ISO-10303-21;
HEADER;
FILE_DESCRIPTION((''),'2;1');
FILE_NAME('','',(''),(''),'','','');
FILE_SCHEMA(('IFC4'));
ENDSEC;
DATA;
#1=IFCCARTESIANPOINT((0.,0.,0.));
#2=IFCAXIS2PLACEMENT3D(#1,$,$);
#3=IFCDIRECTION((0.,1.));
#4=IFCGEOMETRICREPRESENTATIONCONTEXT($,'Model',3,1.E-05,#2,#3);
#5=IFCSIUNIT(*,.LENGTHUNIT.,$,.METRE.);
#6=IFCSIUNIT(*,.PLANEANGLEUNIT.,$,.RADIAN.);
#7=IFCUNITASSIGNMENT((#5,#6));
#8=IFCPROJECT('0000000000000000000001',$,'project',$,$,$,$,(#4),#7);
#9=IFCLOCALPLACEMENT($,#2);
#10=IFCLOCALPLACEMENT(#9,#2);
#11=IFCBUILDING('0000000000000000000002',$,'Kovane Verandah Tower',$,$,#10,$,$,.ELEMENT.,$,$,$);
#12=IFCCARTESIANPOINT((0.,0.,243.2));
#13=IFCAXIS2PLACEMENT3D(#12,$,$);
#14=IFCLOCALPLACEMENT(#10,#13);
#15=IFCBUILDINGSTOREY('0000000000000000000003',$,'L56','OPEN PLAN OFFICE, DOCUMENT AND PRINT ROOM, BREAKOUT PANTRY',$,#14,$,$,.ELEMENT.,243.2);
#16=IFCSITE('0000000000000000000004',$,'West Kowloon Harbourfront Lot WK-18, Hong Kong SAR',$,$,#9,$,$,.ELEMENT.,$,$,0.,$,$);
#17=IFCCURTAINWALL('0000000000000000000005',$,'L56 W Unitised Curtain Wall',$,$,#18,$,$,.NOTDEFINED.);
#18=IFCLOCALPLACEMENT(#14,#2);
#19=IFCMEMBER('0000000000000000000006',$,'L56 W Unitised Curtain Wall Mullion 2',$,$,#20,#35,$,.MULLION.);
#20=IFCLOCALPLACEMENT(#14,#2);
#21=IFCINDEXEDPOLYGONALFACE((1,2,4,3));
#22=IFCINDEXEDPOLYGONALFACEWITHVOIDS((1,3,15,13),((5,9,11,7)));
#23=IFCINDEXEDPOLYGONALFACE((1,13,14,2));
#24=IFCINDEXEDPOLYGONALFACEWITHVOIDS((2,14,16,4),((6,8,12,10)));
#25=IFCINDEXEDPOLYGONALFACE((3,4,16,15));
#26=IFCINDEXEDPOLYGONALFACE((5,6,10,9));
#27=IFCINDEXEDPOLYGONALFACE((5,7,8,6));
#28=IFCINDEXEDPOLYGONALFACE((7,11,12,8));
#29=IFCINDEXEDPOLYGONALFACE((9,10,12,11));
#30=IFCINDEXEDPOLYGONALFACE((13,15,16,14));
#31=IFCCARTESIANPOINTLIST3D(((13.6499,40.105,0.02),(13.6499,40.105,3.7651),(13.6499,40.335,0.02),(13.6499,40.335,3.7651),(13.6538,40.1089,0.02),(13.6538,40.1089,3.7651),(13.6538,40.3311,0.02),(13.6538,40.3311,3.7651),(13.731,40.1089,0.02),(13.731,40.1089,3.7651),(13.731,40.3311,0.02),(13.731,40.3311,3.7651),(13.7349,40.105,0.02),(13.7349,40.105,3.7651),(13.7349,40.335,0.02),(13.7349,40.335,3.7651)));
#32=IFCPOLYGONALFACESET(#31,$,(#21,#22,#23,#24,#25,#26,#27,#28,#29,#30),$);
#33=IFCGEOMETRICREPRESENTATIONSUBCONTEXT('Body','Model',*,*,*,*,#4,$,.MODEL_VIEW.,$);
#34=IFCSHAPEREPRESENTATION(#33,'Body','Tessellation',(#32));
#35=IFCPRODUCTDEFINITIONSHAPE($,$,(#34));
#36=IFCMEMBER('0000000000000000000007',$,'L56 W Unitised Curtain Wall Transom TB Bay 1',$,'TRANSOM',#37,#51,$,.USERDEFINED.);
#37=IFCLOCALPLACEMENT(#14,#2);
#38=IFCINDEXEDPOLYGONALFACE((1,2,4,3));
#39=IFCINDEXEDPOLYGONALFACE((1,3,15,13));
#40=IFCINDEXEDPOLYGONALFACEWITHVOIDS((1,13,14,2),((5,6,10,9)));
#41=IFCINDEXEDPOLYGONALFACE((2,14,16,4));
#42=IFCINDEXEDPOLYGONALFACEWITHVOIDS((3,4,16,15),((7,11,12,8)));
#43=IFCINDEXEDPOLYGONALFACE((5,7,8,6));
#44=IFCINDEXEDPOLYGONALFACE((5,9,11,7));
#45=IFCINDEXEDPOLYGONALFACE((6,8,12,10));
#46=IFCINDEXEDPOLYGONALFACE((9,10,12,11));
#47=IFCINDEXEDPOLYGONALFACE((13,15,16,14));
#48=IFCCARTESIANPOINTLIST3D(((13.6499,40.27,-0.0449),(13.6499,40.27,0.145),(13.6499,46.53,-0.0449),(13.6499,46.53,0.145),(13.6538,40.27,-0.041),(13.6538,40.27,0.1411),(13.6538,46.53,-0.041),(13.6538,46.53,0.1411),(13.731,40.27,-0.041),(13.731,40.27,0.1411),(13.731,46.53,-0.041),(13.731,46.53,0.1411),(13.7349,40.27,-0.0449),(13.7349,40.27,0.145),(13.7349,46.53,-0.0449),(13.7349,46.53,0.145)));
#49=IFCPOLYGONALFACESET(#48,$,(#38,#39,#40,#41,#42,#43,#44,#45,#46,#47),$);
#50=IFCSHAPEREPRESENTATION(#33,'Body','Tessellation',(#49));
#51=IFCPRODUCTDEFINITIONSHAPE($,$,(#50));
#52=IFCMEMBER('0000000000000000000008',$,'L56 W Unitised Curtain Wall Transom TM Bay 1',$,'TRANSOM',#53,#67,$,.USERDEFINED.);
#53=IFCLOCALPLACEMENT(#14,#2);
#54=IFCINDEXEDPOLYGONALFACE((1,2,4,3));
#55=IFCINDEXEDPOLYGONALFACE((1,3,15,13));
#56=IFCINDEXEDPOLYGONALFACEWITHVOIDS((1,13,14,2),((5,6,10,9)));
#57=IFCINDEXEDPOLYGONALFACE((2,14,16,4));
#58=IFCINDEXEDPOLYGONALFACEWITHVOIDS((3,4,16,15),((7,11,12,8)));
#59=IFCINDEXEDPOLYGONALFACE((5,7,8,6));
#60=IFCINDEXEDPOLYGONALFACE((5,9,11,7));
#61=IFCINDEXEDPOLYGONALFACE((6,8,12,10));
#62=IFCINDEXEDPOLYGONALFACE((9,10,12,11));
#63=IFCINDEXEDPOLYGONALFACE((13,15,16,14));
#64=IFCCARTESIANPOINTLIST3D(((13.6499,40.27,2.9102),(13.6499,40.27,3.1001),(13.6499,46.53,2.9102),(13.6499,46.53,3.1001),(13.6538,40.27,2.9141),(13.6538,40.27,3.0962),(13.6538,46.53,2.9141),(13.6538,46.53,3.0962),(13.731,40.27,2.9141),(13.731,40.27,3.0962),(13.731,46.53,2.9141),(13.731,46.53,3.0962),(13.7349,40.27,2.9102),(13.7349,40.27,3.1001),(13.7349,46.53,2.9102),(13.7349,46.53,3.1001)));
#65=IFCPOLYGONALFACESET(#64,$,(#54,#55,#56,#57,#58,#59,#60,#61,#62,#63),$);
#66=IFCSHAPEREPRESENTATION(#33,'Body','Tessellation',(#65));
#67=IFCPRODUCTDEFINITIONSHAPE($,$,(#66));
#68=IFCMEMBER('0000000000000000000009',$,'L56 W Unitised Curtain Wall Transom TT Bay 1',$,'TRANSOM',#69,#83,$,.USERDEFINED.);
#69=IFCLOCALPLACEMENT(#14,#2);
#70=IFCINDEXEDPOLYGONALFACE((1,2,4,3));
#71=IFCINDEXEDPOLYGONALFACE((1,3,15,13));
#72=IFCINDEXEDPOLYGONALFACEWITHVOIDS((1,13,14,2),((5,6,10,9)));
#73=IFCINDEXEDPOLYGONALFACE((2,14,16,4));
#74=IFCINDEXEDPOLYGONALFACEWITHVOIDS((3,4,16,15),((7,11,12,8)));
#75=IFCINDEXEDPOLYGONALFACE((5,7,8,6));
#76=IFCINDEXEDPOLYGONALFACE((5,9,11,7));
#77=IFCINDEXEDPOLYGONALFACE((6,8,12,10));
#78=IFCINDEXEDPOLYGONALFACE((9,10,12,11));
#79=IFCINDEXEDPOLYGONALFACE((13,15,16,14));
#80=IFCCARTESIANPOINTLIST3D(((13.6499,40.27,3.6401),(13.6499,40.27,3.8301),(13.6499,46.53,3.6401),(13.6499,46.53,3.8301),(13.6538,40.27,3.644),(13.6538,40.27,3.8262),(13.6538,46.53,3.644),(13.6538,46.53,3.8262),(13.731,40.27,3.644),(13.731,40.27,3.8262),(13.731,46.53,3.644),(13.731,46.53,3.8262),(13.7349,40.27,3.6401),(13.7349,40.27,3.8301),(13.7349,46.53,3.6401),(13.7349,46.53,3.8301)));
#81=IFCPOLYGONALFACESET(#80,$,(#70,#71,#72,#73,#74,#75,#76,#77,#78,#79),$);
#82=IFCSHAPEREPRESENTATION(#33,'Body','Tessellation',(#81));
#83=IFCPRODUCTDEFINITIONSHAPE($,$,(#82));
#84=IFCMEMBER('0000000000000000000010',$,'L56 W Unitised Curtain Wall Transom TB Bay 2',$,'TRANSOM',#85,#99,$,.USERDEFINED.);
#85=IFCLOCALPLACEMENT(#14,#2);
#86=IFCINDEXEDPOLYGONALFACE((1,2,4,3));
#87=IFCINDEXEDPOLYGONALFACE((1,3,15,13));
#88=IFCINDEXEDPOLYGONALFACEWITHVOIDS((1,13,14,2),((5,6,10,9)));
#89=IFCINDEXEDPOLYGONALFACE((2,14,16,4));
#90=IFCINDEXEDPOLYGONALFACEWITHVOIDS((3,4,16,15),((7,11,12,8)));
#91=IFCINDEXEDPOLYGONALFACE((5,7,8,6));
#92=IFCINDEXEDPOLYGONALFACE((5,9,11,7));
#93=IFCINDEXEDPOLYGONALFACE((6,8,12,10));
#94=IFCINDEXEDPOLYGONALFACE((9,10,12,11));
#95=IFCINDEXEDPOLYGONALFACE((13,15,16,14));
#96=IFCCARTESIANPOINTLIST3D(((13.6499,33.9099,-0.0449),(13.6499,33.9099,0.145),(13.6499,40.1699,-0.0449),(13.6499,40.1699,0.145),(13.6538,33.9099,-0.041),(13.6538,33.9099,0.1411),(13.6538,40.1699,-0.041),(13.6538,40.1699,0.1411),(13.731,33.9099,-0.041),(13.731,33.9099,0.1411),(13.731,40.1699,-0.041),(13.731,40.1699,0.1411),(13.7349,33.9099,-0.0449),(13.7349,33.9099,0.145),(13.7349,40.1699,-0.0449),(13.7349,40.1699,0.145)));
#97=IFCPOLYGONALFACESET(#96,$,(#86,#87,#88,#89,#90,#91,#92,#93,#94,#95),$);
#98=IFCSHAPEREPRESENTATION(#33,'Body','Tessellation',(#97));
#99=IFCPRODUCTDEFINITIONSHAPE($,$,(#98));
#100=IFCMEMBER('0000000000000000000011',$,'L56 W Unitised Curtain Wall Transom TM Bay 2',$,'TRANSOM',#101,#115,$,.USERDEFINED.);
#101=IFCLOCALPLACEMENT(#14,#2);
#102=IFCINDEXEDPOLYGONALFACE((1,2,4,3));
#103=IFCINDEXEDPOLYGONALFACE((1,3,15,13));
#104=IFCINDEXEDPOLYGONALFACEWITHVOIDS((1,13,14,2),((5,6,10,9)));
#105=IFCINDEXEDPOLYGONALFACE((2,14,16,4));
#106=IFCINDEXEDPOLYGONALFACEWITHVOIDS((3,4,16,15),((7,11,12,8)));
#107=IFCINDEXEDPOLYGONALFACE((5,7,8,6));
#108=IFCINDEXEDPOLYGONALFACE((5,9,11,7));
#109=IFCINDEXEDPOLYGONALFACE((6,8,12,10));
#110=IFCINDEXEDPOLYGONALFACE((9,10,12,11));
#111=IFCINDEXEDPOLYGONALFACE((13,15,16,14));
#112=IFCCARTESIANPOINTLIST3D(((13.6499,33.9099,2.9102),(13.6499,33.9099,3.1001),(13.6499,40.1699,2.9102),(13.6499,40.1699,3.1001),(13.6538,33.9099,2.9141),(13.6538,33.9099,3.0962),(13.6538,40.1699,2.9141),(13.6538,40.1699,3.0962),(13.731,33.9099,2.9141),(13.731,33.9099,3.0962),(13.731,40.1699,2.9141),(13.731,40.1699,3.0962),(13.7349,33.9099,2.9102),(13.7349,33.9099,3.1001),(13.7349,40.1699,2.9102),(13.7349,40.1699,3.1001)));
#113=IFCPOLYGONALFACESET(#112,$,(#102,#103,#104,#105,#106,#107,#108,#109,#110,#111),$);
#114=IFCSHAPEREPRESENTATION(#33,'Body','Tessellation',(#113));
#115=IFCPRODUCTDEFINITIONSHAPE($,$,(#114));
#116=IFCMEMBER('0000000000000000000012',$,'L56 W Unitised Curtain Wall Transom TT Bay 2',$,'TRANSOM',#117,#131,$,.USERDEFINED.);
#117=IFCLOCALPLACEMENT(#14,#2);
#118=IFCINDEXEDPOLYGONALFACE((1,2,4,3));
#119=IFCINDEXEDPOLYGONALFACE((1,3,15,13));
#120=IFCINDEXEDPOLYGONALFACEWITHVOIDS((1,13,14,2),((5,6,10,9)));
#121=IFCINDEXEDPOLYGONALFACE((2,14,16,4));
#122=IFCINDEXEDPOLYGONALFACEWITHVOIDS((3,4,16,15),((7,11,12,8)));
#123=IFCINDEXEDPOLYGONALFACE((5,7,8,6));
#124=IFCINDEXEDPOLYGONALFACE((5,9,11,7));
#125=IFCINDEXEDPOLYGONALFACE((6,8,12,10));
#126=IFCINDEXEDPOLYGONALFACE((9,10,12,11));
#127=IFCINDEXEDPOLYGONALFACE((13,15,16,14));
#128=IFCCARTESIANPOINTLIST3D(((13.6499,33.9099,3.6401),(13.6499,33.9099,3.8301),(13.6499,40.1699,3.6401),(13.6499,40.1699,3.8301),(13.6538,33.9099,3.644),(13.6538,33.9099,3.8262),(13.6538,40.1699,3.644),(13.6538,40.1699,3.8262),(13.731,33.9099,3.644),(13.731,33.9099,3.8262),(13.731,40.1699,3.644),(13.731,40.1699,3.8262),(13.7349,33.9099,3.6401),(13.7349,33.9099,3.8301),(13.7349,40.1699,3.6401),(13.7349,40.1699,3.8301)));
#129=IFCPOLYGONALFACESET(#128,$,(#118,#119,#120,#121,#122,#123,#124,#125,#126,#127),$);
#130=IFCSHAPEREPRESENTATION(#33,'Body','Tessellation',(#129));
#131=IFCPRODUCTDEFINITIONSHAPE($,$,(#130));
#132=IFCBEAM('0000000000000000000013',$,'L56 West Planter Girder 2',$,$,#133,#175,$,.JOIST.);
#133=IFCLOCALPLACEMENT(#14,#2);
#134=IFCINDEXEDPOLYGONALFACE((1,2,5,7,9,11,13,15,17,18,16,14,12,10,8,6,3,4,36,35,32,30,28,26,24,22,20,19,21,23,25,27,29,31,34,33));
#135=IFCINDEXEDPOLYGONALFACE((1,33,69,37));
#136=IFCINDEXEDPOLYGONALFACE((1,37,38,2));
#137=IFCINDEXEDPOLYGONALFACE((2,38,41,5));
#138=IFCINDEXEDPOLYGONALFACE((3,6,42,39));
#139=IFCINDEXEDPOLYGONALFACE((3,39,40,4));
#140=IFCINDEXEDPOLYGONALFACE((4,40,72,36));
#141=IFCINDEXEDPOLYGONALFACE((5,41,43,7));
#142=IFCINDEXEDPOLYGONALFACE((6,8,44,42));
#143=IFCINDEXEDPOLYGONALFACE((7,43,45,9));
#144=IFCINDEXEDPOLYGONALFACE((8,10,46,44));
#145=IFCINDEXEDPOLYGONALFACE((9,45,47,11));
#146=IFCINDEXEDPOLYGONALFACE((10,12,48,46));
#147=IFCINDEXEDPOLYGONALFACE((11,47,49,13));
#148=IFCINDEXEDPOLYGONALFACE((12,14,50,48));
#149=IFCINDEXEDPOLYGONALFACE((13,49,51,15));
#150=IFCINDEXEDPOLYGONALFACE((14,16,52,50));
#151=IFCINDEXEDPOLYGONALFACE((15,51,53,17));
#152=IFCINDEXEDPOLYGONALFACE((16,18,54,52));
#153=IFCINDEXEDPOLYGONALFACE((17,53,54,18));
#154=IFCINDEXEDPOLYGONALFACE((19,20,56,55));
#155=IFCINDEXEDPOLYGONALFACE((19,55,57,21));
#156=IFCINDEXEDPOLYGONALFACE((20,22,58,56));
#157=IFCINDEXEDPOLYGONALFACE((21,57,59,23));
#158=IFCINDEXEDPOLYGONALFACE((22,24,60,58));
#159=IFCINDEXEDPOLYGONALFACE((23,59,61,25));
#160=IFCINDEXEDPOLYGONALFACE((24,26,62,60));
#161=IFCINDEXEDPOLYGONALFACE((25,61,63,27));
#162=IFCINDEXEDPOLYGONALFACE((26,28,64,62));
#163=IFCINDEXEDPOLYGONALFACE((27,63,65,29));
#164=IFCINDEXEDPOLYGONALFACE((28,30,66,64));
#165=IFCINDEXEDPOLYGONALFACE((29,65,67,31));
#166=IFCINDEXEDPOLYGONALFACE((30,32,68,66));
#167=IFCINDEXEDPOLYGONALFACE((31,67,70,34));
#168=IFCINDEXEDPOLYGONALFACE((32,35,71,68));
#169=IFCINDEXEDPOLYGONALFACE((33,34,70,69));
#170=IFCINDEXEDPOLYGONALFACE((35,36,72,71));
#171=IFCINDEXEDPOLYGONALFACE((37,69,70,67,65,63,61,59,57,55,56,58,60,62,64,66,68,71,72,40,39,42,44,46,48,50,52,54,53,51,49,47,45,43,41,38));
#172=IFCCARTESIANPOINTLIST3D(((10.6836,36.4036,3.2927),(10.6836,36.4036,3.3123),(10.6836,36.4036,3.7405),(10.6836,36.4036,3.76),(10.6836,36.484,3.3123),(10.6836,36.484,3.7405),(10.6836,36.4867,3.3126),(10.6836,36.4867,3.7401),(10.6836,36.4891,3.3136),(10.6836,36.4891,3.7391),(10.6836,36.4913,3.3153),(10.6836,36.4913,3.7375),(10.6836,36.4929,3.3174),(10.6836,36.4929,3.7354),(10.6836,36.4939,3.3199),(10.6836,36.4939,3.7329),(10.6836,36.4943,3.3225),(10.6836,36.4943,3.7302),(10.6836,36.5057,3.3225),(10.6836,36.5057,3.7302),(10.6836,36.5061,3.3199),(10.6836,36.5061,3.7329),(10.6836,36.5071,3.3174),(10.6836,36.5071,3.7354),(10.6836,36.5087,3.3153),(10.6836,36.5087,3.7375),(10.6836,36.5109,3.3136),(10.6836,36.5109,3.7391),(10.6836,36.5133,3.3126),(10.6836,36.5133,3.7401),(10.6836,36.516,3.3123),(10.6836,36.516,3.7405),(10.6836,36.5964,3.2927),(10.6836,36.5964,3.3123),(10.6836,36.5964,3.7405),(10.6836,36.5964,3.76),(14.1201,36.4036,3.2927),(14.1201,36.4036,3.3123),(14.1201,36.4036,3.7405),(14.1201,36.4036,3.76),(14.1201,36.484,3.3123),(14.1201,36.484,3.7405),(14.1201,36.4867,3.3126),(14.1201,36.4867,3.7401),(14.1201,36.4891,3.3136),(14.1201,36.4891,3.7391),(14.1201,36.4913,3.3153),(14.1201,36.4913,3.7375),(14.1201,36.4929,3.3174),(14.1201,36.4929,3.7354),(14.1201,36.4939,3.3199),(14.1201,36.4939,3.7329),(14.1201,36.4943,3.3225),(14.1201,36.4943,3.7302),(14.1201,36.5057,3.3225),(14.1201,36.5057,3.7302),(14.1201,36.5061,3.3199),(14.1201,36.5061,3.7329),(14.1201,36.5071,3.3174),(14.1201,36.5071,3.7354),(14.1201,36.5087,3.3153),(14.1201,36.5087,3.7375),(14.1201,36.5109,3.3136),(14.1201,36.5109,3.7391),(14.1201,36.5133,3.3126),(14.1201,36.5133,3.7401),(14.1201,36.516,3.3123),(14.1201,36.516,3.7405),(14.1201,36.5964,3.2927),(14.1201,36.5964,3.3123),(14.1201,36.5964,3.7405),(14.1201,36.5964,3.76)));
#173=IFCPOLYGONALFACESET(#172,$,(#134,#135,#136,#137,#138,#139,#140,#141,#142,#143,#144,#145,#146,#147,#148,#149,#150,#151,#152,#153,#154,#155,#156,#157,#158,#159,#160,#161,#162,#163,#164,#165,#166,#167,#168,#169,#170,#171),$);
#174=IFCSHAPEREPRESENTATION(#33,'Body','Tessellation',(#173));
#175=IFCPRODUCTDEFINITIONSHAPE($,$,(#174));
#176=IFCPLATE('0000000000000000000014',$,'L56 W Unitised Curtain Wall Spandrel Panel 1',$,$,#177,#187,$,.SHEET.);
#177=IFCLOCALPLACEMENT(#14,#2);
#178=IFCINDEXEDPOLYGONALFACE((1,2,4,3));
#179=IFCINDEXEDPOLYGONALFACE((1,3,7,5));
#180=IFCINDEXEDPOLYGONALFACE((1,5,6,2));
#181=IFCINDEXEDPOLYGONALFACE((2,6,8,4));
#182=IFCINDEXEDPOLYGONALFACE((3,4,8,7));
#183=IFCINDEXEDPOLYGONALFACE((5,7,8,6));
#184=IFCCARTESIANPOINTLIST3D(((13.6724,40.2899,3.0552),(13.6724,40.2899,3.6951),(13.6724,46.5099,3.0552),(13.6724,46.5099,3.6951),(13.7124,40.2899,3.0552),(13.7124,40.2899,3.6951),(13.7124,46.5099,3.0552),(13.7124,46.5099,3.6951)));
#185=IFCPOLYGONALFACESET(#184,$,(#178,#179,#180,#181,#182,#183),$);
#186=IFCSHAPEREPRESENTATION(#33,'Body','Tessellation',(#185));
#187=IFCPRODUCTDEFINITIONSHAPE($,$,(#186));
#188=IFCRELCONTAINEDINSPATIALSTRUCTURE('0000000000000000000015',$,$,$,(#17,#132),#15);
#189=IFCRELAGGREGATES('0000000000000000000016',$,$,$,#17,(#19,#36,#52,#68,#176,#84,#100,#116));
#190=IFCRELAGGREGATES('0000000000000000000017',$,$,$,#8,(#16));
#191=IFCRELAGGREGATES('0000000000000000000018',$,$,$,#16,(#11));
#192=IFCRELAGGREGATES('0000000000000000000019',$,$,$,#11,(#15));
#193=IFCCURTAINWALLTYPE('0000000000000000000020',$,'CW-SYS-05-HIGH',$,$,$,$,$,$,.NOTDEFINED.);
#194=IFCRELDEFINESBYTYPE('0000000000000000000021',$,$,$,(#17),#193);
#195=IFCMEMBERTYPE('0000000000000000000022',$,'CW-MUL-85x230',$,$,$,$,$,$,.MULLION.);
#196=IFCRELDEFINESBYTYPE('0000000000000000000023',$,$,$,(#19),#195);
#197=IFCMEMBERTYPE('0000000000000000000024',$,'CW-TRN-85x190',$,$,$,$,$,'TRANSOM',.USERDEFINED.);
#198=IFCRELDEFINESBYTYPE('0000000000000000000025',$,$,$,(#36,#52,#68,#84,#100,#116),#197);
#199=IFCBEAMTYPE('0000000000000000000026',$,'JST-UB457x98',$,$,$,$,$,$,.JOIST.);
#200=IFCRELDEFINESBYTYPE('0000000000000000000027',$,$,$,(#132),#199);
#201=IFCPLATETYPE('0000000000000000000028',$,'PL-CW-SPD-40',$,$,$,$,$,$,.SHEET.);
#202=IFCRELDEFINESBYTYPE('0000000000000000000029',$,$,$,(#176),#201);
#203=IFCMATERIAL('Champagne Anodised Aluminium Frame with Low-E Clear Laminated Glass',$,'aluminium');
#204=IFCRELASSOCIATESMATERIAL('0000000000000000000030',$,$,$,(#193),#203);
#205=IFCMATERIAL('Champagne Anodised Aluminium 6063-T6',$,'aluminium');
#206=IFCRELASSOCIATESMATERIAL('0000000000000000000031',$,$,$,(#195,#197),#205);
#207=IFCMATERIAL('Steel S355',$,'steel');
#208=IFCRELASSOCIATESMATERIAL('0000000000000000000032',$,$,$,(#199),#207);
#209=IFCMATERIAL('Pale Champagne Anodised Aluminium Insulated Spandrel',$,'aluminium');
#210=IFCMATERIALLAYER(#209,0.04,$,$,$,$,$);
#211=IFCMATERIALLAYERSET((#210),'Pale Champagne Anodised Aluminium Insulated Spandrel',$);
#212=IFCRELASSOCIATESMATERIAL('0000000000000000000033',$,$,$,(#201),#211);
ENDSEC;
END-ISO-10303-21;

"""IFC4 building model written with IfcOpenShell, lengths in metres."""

from ifc_helpers import new_model, si_unit, direction, frame, origin, origin_2d, place, context, subcontext, project, spatial, rectangle, hollow_rectangle, i_section, extrude, material, layer, layer_set, material_profile, profile_set, type_object, element, aggregate, save


model = new_model("IFC4")

# Units and contexts
model_context = context("Model", 3, precision=1e-05, world=origin(), true_north=direction((0.0, 1.0)))
body_context = subcontext(model_context, "Body", "Model", "MODEL_VIEW")
ifc_project = project(units=[si_unit("LENGTHUNIT", "METRE"), si_unit("PLANEANGLEUNIT", "RADIAN")], contexts=[model_context])

# Site, building, storey
site_placement = place(None, origin())
site = spatial("IfcSite", under=ifc_project, at=site_placement, Name="West Kowloon Harbourfront Lot WK-18, Hong Kong SAR", CompositionType="ELEMENT", RefElevation=0.0)
building_placement = place(site_placement, origin())
building = spatial("IfcBuilding", under=site, at=building_placement, Name="Kovane Verandah Tower", CompositionType="ELEMENT")
storey_placement = place(building_placement, frame((0.0, 0.0, 243.2)))
storey = spatial("IfcBuildingStorey", under=building, at=storey_placement, Name="L56", Description="OPEN PLAN OFFICE, DOCUMENT AND PRINT ROOM, BREAKOUT PANTRY", CompositionType="ELEMENT", Elevation=243.2)

# Shared definitions
ifc_material_1 = material(Name="Steel S355", Category="steel")

# Curtain wall, members
ifc_material_2 = material(Name="Champagne Anodised Aluminium Frame with Low-E Clear Laminated Glass", Category="aluminium")
curtain_wall_type = type_object("IfcCurtainWallType", Name="CW-SYS-05-HIGH", PredefinedType="NOTDEFINED", material=ifc_material_2)
curtain_wall_placement = place(storey_placement, origin())
curtain_wall = element("IfcCurtainWall", 1, at=curtain_wall_placement, inside=storey, type_object=curtain_wall_type, Name="L56 W Unitised Curtain Wall", PredefinedType="NOTDEFINED")
ifc_material_3 = material(Name="Champagne Anodised Aluminium 6063-T6", Category="aluminium")
ifc_material_profile_1 = material_profile(ifc_material_3, hollow_rectangle(XDim=0.085, YDim=0.23, WallThickness=0.0039, at=origin_2d()), Name="AL85x230x4")
ifc_profile_set_1 = profile_set([ifc_material_profile_1], Name="Champagne Anodised Aluminium 6063-T6")
member_type_1 = type_object("IfcMemberType", Name="CW-MUL-85x230", PredefinedType="MULLION", material=ifc_profile_set_1)
member_1_placement = place(storey_placement, frame((13.6924, 40.22, 0.02), z_axis=(0.0, 0.0, 1.0), x_axis=(-1.0, 0.0, 0.0)))
member_1 = element("IfcMember", 2, at=member_1_placement, type_object=member_type_1, Name="L56 W Unitised Curtain Wall Mullion 2", PredefinedType="MULLION", context=body_context, shape_type="SweptSolid", body=[
    extrude(hollow_rectangle(XDim=0.085, YDim=0.23, WallThickness=0.0039, at=origin_2d()), origin(), (0.0, 0.0, 1.0), 3.7451),
])
ifc_material_profile_2 = material_profile(ifc_material_3, hollow_rectangle(XDim=0.085, YDim=0.1899, WallThickness=0.0039, at=origin_2d()), Name="AL85x190x4")
ifc_profile_set_2 = profile_set([ifc_material_profile_2], Name="Champagne Anodised Aluminium 6063-T6")
member_type_2 = type_object("IfcMemberType", Name="CW-TRN-85x190", ElementType="TRANSOM", PredefinedType="USERDEFINED", material=ifc_profile_set_2)
member_2_placement = place(storey_placement, frame((13.6924, 46.53, 0.05), z_axis=(0.0, -1.0, 0.0), x_axis=(1.0, 0.0, 0.0)))
member_2 = element("IfcMember", 3, at=member_2_placement, type_object=member_type_2, Name="L56 W Unitised Curtain Wall Transom TB Bay 1", ObjectType="TRANSOM", PredefinedType="USERDEFINED", context=body_context, shape_type="SweptSolid", body=[
    extrude(hollow_rectangle(XDim=0.085, YDim=0.1899, WallThickness=0.0039, at=origin_2d()), origin(), (0.0, 0.0, 1.0), 6.26),
])
member_3_placement = place(storey_placement, frame((13.6924, 46.53, 3.0051), z_axis=(0.0, -1.0, 0.0), x_axis=(1.0, 0.0, 0.0)))
member_3 = element("IfcMember", 4, at=member_3_placement, type_object=member_type_2, Name="L56 W Unitised Curtain Wall Transom TM Bay 1", ObjectType="TRANSOM", PredefinedType="USERDEFINED", context=body_context, shape_type="SweptSolid", body=[
    extrude(hollow_rectangle(XDim=0.085, YDim=0.1899, WallThickness=0.0039, at=origin_2d()), origin(), (0.0, 0.0, 1.0), 6.26),
])
member_4_placement = place(storey_placement, frame((13.6924, 46.53, 3.7351), z_axis=(0.0, -1.0, 0.0), x_axis=(1.0, 0.0, 0.0)))
member_4 = element("IfcMember", 5, at=member_4_placement, type_object=member_type_2, Name="L56 W Unitised Curtain Wall Transom TT Bay 1", ObjectType="TRANSOM", PredefinedType="USERDEFINED", context=body_context, shape_type="SweptSolid", body=[
    extrude(hollow_rectangle(XDim=0.085, YDim=0.1899, WallThickness=0.0039, at=origin_2d()), origin(), (0.0, 0.0, 1.0), 6.26),
])
member_5_placement = place(storey_placement, frame((13.6924, 40.1699, 0.05), z_axis=(0.0, -1.0, 0.0), x_axis=(1.0, 0.0, 0.0)))
member_5 = element("IfcMember", 6, at=member_5_placement, type_object=member_type_2, Name="L56 W Unitised Curtain Wall Transom TB Bay 2", ObjectType="TRANSOM", PredefinedType="USERDEFINED", context=body_context, shape_type="SweptSolid", body=[
    extrude(hollow_rectangle(XDim=0.085, YDim=0.1899, WallThickness=0.0039, at=origin_2d()), origin(), (0.0, 0.0, 1.0), 6.26),
])
member_6_placement = place(storey_placement, frame((13.6924, 40.1699, 3.0051), z_axis=(0.0, -1.0, 0.0), x_axis=(1.0, 0.0, 0.0)))
member_6 = element("IfcMember", 7, at=member_6_placement, type_object=member_type_2, Name="L56 W Unitised Curtain Wall Transom TM Bay 2", ObjectType="TRANSOM", PredefinedType="USERDEFINED", context=body_context, shape_type="SweptSolid", body=[
    extrude(hollow_rectangle(XDim=0.085, YDim=0.1899, WallThickness=0.0039, at=origin_2d()), origin(), (0.0, 0.0, 1.0), 6.26),
])
member_7_placement = place(storey_placement, frame((13.6924, 40.1699, 3.7351), z_axis=(0.0, -1.0, 0.0), x_axis=(1.0, 0.0, 0.0)))
member_7 = element("IfcMember", 8, at=member_7_placement, type_object=member_type_2, Name="L56 W Unitised Curtain Wall Transom TT Bay 2", ObjectType="TRANSOM", PredefinedType="USERDEFINED", context=body_context, shape_type="SweptSolid", body=[
    extrude(hollow_rectangle(XDim=0.085, YDim=0.1899, WallThickness=0.0039, at=origin_2d()), origin(), (0.0, 0.0, 1.0), 6.26),
])

# Beam
ifc_material_profile_3 = material_profile(ifc_material_1, i_section(OverallWidth=0.1929, OverallDepth=0.4673, WebThickness=0.0115, FlangeThickness=0.0195, FilletRadius=0.0103, at=origin_2d()), Name="UB457x191x98")
ifc_profile_set_3 = profile_set([ifc_material_profile_3], Name="Steel S355")
beam_type_1 = type_object("IfcBeamType", Name="JST-UB457x98", PredefinedType="JOIST", material=ifc_profile_set_3)
beam_1_placement = place(storey_placement, frame((14.1201, 36.5, 3.5264), z_axis=(-1.0, 0.0, 0.0), x_axis=(0.0, -1.0, 0.0)))
element("IfcBeam", 9, at=beam_1_placement, inside=storey, type_object=beam_type_1, Name="L56 West Planter Girder 2", PredefinedType="JOIST", context=body_context, shape_type="SweptSolid", body=[
    extrude(i_section(OverallWidth=0.1929, OverallDepth=0.4673, WebThickness=0.0115, FlangeThickness=0.0195, FilletRadius=0.0103, at=origin_2d()), origin(), (0.0, 0.0, 1.0), 3.4365),
])

# Plate
ifc_material_4 = material(Name="Pale Champagne Anodised Aluminium Insulated Spandrel", Category="aluminium")
ifc_layer_1 = layer(ifc_material_4, 0.04)
ifc_layer_set_1 = layer_set([ifc_layer_1], Name="Pale Champagne Anodised Aluminium Insulated Spandrel")
plate_type_1 = type_object("IfcPlateType", Name="PL-CW-SPD-40", PredefinedType="SHEET", material=ifc_layer_set_1)
plate_1_placement = place(storey_placement, frame((13.6924, 43.3999, 3.0552), z_axis=(0.0, 0.0, 1.0), x_axis=(0.0, -1.0, 0.0)))
plate_1 = element("IfcPlate", 10, at=plate_1_placement, type_object=plate_type_1, Name="L56 W Unitised Curtain Wall Spandrel Panel 1", PredefinedType="SHEET", context=body_context, shape_type="SweptSolid", body=[
    extrude(rectangle(XDim=6.22, YDim=0.04, at=origin_2d()), origin(), (0.0, 0.0, 1.0), 0.6399),
])
aggregate(curtain_wall, [member_1, member_2, member_3, member_4, plate_1, member_5, member_6, member_7])

save(model, "model.ifc")
